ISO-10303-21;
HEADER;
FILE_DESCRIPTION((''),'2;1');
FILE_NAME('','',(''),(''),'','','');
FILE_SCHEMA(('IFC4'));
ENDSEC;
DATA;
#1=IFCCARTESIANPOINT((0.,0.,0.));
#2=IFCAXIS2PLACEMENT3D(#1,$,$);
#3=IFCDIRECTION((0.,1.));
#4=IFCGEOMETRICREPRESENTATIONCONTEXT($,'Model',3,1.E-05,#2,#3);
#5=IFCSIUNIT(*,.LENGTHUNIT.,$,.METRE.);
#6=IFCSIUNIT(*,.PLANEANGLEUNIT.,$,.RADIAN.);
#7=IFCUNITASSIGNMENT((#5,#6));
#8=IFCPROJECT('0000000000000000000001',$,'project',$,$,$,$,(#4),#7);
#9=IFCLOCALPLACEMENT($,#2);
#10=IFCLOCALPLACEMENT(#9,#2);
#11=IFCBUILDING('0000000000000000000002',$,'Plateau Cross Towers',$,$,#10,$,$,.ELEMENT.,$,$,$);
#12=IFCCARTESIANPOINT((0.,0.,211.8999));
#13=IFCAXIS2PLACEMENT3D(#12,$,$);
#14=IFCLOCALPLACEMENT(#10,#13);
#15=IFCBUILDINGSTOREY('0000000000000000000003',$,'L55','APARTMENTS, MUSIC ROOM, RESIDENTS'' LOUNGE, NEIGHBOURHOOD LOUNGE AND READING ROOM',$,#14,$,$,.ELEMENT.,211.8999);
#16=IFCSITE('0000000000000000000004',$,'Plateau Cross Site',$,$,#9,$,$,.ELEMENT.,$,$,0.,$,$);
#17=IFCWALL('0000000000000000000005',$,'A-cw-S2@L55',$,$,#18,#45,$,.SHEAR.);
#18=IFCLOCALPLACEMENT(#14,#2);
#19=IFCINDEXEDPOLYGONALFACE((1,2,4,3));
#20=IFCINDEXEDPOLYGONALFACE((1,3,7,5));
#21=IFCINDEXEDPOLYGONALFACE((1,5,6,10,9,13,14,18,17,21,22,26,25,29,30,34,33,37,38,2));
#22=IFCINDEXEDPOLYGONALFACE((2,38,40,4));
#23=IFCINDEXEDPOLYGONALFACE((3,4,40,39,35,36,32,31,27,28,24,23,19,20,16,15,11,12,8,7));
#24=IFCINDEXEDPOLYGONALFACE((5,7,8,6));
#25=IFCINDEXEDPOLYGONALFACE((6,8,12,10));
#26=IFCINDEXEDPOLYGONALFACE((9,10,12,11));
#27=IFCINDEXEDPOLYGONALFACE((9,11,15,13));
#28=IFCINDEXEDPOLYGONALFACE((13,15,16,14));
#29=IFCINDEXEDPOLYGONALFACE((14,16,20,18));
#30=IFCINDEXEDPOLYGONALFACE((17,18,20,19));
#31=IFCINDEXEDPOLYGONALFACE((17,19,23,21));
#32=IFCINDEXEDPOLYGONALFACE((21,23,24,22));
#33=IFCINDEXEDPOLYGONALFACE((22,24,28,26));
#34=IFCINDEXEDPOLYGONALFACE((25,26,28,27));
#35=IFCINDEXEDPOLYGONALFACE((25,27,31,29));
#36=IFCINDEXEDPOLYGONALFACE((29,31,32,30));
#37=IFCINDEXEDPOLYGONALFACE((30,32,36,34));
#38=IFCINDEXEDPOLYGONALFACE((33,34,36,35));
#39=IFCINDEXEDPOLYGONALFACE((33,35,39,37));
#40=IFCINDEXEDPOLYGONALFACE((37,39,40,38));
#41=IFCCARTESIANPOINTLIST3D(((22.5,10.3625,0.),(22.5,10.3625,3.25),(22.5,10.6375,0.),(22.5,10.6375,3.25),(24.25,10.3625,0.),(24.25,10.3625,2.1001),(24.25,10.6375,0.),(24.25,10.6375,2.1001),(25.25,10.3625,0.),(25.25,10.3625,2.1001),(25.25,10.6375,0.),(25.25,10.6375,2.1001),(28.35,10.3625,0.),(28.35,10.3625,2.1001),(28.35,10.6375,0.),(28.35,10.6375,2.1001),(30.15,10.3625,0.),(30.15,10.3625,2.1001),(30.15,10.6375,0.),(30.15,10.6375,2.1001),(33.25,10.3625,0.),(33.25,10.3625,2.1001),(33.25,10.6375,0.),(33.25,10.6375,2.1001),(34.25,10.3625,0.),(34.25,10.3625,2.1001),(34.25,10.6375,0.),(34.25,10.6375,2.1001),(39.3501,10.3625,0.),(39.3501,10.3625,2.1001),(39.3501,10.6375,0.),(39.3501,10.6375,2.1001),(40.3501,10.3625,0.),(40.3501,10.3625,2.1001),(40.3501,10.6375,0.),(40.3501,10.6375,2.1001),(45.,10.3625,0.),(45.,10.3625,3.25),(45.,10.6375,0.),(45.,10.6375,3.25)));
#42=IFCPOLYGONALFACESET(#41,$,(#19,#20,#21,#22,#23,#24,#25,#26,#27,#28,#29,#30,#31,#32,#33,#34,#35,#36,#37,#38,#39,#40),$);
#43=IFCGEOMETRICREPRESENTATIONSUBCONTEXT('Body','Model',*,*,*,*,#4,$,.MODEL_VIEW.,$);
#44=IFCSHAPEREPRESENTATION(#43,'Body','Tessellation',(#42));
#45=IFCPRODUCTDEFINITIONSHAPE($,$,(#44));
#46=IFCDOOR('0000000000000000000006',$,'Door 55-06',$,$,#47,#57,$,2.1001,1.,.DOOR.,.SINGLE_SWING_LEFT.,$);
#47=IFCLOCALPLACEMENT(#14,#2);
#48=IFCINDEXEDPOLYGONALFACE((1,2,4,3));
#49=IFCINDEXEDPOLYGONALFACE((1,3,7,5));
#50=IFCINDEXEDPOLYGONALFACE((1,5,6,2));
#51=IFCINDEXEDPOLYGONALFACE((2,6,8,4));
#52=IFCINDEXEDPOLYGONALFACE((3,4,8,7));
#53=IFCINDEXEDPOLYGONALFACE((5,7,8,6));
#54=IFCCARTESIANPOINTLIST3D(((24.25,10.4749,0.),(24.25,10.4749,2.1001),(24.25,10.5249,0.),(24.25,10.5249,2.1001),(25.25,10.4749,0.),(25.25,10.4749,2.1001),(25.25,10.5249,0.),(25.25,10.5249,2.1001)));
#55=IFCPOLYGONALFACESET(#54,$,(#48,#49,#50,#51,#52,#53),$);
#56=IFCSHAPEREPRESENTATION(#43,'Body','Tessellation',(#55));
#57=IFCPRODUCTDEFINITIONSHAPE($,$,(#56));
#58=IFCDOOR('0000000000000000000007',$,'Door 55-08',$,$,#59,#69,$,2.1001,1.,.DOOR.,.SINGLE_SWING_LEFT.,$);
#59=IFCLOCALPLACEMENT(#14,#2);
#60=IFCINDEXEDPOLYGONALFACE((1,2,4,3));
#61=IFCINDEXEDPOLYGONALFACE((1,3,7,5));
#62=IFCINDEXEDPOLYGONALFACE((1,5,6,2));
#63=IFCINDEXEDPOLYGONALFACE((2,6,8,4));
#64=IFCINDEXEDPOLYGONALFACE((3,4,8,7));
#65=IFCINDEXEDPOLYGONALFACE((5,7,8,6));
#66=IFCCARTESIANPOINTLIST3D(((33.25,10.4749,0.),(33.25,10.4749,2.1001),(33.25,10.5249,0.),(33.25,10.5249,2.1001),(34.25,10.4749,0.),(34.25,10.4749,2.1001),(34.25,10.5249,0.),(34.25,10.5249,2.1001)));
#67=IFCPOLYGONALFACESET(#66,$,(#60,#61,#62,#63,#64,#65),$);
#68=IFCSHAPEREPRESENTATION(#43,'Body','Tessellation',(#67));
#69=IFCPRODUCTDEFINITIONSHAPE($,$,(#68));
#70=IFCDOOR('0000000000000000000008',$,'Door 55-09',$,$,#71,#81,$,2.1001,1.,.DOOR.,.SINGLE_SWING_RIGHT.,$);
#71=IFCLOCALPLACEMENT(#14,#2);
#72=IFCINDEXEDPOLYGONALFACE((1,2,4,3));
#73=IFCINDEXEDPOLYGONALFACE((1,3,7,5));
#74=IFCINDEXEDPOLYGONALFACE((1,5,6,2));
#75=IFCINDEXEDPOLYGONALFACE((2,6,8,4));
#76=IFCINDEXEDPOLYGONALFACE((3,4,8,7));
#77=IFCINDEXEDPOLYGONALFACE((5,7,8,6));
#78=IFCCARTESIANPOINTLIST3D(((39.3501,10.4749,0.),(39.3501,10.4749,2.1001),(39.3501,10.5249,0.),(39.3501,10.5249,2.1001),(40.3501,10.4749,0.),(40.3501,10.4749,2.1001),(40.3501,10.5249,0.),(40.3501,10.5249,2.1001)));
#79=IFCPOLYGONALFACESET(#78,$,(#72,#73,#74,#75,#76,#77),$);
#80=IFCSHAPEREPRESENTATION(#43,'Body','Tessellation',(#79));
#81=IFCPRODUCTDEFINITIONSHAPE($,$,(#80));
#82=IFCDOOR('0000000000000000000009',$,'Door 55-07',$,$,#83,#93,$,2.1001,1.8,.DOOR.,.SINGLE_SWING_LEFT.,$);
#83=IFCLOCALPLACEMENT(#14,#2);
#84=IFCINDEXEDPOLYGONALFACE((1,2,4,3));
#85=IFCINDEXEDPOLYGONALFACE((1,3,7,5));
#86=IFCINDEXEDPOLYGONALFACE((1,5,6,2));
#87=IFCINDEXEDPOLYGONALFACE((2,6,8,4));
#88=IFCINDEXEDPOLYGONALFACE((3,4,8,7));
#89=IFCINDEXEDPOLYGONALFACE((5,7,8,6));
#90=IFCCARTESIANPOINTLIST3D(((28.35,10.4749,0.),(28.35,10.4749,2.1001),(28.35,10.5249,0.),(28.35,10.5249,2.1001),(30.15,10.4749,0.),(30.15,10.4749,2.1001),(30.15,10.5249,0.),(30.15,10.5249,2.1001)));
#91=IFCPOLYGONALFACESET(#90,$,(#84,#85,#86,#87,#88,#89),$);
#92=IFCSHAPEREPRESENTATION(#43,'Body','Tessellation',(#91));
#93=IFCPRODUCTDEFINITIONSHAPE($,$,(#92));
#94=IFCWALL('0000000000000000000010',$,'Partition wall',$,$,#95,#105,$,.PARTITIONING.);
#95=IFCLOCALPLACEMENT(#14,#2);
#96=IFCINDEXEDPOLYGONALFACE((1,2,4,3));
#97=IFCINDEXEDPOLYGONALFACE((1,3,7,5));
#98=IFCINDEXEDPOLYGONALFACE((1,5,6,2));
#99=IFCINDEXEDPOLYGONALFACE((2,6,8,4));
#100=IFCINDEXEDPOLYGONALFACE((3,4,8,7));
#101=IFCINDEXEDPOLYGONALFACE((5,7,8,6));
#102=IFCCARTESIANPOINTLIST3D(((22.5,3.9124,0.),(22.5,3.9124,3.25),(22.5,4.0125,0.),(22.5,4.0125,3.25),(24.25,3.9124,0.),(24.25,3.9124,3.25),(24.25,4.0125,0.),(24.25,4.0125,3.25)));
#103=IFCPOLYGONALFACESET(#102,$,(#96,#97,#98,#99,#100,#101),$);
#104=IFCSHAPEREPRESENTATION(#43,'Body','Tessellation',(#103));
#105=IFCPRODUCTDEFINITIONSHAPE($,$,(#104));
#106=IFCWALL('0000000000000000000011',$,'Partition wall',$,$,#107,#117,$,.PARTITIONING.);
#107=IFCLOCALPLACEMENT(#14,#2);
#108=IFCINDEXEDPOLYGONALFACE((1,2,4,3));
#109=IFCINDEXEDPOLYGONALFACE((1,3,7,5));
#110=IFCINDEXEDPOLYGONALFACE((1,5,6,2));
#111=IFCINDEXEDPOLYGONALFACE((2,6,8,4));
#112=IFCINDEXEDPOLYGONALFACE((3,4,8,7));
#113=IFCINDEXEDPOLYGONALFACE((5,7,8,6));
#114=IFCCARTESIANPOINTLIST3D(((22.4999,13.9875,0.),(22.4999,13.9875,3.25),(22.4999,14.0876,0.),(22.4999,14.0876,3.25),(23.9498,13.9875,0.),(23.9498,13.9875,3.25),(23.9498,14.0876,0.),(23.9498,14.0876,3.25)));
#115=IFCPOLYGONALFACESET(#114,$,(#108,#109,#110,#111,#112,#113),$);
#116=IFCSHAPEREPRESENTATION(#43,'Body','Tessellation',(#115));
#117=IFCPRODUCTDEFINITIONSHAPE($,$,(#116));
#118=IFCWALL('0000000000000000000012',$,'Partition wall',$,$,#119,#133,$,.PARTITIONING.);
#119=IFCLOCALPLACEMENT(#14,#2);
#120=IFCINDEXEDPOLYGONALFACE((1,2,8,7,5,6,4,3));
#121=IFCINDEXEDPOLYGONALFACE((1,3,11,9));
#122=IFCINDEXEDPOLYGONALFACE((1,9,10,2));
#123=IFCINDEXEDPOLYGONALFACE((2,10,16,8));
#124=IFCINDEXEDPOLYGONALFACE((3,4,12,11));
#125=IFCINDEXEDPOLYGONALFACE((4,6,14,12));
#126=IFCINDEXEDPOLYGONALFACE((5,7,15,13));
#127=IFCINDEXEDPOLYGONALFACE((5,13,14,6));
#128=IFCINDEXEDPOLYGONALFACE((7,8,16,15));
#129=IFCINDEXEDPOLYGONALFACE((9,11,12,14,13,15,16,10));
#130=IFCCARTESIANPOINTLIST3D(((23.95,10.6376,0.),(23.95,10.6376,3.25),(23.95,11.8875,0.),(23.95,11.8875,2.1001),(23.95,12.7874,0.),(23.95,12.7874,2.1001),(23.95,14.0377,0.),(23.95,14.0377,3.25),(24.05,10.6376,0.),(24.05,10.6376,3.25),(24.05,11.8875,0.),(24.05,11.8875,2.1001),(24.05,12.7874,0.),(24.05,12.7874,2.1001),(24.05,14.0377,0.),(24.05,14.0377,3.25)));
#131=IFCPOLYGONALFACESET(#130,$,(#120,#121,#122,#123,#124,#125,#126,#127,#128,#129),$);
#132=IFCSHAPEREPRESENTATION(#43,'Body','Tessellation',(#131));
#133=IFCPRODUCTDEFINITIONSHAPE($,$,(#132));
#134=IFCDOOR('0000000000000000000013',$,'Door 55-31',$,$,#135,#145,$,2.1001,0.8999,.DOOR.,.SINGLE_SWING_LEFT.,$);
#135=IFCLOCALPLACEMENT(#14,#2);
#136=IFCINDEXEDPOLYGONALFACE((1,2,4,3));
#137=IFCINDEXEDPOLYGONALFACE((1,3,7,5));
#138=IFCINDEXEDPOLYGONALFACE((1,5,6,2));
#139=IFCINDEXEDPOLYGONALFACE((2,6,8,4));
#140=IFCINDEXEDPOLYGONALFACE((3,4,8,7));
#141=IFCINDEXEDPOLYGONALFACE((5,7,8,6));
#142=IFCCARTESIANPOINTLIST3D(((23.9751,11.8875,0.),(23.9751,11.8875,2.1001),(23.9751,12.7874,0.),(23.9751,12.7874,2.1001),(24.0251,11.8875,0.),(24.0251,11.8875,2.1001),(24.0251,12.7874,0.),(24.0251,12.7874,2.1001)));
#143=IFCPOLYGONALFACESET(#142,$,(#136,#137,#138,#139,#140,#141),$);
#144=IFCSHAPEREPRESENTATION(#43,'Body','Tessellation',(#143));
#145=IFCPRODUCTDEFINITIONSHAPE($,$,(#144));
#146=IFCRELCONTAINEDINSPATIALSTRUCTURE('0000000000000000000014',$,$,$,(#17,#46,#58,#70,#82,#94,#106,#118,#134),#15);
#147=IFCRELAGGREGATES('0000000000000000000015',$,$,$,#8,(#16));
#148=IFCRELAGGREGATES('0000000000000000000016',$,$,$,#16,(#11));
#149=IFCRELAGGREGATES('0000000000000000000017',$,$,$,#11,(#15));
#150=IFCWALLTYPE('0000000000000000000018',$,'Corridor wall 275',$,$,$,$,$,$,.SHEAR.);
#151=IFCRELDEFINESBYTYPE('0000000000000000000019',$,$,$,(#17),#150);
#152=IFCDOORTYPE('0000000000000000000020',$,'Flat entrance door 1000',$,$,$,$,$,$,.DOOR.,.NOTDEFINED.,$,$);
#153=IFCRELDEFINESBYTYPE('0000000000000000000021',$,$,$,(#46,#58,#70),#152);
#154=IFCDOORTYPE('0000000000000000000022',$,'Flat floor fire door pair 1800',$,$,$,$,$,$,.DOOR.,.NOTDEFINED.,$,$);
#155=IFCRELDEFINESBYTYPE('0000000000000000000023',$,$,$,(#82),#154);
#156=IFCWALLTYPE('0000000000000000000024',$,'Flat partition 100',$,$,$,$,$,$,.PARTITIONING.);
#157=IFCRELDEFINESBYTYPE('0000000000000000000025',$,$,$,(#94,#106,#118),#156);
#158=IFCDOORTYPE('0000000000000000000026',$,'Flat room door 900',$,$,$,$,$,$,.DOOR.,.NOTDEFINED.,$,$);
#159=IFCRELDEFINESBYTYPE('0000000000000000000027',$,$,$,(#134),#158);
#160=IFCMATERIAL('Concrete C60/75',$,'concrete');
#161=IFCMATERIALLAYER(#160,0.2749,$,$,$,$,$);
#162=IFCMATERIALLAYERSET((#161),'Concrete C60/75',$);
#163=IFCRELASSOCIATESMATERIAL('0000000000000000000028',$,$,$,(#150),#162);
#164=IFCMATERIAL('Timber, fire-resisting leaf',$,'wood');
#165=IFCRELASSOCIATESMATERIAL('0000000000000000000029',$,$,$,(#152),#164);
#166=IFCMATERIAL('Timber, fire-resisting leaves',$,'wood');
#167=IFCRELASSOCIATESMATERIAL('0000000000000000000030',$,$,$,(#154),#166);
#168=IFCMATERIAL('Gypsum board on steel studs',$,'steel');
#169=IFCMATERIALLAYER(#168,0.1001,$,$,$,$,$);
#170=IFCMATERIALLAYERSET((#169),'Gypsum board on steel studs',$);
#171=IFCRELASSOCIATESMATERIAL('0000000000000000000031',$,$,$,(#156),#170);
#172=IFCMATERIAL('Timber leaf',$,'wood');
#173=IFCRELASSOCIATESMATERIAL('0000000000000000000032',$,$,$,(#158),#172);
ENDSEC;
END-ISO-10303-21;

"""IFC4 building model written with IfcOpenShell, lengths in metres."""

from ifc_helpers import new_model, si_unit, direction, frame, frame_2d, origin, place, context, subcontext, project, spatial, rectangle, extrude, material, layer, layer_set, type_object, element, fill, save


model = new_model("IFC4")

# Units and contexts
model_context = context("Model", 3, precision=1e-05, world=origin(), true_north=direction((0.0, 1.0)))
body_context = subcontext(model_context, "Body", "Model", "MODEL_VIEW")
ifc_project = project(units=[si_unit("LENGTHUNIT", "METRE"), si_unit("PLANEANGLEUNIT", "RADIAN")], contexts=[model_context])

# Site, building, storey
site_placement = place(None, origin())
site = spatial("IfcSite", under=ifc_project, at=site_placement, Name="Plateau Cross Site", CompositionType="ELEMENT", RefElevation=0.0)
building_placement = place(site_placement, origin())
building = spatial("IfcBuilding", under=site, at=building_placement, Name="Plateau Cross Towers", CompositionType="ELEMENT")
storey_placement = place(building_placement, frame((0.0, 0.0, 211.8999)))
storey = spatial("IfcBuildingStorey", under=building, at=storey_placement, Name="L55", Description="APARTMENTS, MUSIC ROOM, RESIDENTS' LOUNGE, NEIGHBOURHOOD LOUNGE AND READING ROOM", CompositionType="ELEMENT", Elevation=211.8999)

# Shared definitions
ifc_material_1 = material(Name="Concrete C60/75", Category="concrete")

# Wall, openings, doors
ifc_layer_1 = layer(ifc_material_1, 0.2749)
ifc_layer_set_1 = layer_set([ifc_layer_1], Name="Concrete C60/75")
wall_type_1 = type_object("IfcWallType", Name="Corridor wall 275", PredefinedType="SHEAR", material=ifc_layer_set_1)
ifc_material_2 = material(Name="Timber, fire-resisting leaf", Category="wood")
door_type_1 = type_object("IfcDoorType", Name="Flat entrance door 1000", OperationType="NOTDEFINED", PredefinedType="DOOR", material=ifc_material_2)
wall_1_placement = place(storey_placement, frame((22.5, 10.5, 0.0), z_axis=(0.0, 0.0, 1.0), x_axis=(1.0, 0.0, 0.0)))
wall_1 = element("IfcWall", 1, at=wall_1_placement, inside=storey, type_object=wall_type_1, Name="A-cw-S2@L55", PredefinedType="SHEAR", context=body_context, shape_type="SweptSolid", body=[
    extrude(rectangle(XDim=22.5, YDim=0.2749, at=frame_2d((11.25, 0.0))), origin(), (0.0, 0.0, 1.0), 3.25),
])
opening_1_placement = place(wall_1_placement, frame((1.75, 0.0, 0.0)))
opening_1 = element("IfcOpeningElement", 2, at=opening_1_placement, cuts=wall_1, PredefinedType="OPENING", context=body_context, shape_type="SweptSolid", body=[
    extrude(rectangle(XDim=1.0, YDim=2.1001, at=frame_2d((0.5, 1.05))), frame((0.0, 0.1475, 0.0), z_axis=(0.0, -1.0, 0.0), x_axis=(1.0, 0.0, 0.0)), (0.0, 0.0, 1.0), 0.2949),
])
opening_2_placement = place(wall_1_placement, frame((5.8501, 0.0, 0.0)))
opening_2 = element("IfcOpeningElement", 3, at=opening_2_placement, cuts=wall_1, PredefinedType="OPENING", context=body_context, shape_type="SweptSolid", body=[
    extrude(rectangle(XDim=1.8, YDim=2.1001, at=frame_2d((0.8999, 1.05))), frame((0.0, 0.1475, 0.0), z_axis=(0.0, -1.0, 0.0), x_axis=(1.0, 0.0, 0.0)), (0.0, 0.0, 1.0), 0.2949),
])
opening_3_placement = place(wall_1_placement, frame((10.75, 0.0, 0.0)))
opening_3 = element("IfcOpeningElement", 4, at=opening_3_placement, cuts=wall_1, PredefinedType="OPENING", context=body_context, shape_type="SweptSolid", body=[
    extrude(rectangle(XDim=1.0, YDim=2.1001, at=frame_2d((0.5, 1.05))), frame((0.0, 0.1475, 0.0), z_axis=(0.0, -1.0, 0.0), x_axis=(1.0, 0.0, 0.0)), (0.0, 0.0, 1.0), 0.2949),
])
opening_4_placement = place(wall_1_placement, frame((16.8501, 0.0, 0.0)))
opening_4 = element("IfcOpeningElement", 5, at=opening_4_placement, cuts=wall_1, PredefinedType="OPENING", context=body_context, shape_type="SweptSolid", body=[
    extrude(rectangle(XDim=1.0, YDim=2.1001, at=frame_2d((0.5, 1.05))), frame((0.0, 0.1475, 0.0), z_axis=(0.0, -1.0, 0.0), x_axis=(1.0, 0.0, 0.0)), (0.0, 0.0, 1.0), 0.2949),
])
door_1_placement = place(opening_1_placement, origin())
door_1 = element("IfcDoor", 6, at=door_1_placement, inside=storey, type_object=door_type_1, Name="Door 55-06", OperationType="SINGLE_SWING_LEFT", OverallHeight=2.1001, OverallWidth=1.0, PredefinedType="DOOR", context=body_context, shape_type="SweptSolid", body=[
    extrude(rectangle(XDim=1.0, YDim=2.1001, at=frame_2d((0.5, 1.05))), frame((0.0, 0.0249, 0.0), z_axis=(0.0, -1.0, 0.0), x_axis=(1.0, 0.0, 0.0)), (0.0, 0.0, 1.0), 0.05),
])
fill(opening_1, door_1)
door_2_placement = place(opening_3_placement, origin())
door_2 = element("IfcDoor", 7, at=door_2_placement, inside=storey, type_object=door_type_1, Name="Door 55-08", OperationType="SINGLE_SWING_LEFT", OverallHeight=2.1001, OverallWidth=1.0, PredefinedType="DOOR", context=body_context, shape_type="SweptSolid", body=[
    extrude(rectangle(XDim=1.0, YDim=2.1001, at=frame_2d((0.5, 1.05))), frame((0.0, 0.0249, 0.0), z_axis=(0.0, -1.0, 0.0), x_axis=(1.0, 0.0, 0.0)), (0.0, 0.0, 1.0), 0.05),
])
fill(opening_3, door_2)
door_3_placement = place(opening_4_placement, origin())
door_3 = element("IfcDoor", 8, at=door_3_placement, inside=storey, type_object=door_type_1, Name="Door 55-09", OperationType="SINGLE_SWING_RIGHT", OverallHeight=2.1001, OverallWidth=1.0, PredefinedType="DOOR", context=body_context, shape_type="SweptSolid", body=[
    extrude(rectangle(XDim=1.0, YDim=2.1001, at=frame_2d((0.5, 1.05))), frame((0.0, 0.0249, 0.0), z_axis=(0.0, -1.0, 0.0), x_axis=(1.0, 0.0, 0.0)), (0.0, 0.0, 1.0), 0.05),
])
fill(opening_4, door_3)
ifc_material_3 = material(Name="Timber, fire-resisting leaves", Category="wood")
door_type_2 = type_object("IfcDoorType", Name="Flat floor fire door pair 1800", OperationType="NOTDEFINED", PredefinedType="DOOR", material=ifc_material_3)
door_4_placement = place(opening_2_placement, origin())
door_4 = element("IfcDoor", 9, at=door_4_placement, inside=storey, type_object=door_type_2, Name="Door 55-07", OperationType="SINGLE_SWING_LEFT", OverallHeight=2.1001, OverallWidth=1.8, PredefinedType="DOOR", context=body_context, shape_type="SweptSolid", body=[
    extrude(rectangle(XDim=1.8, YDim=2.1001, at=frame_2d((0.8999, 1.05))), frame((0.0, 0.0249, 0.0), z_axis=(0.0, -1.0, 0.0), x_axis=(1.0, 0.0, 0.0)), (0.0, 0.0, 1.0), 0.05),
])
fill(opening_2, door_4)

# Walls
ifc_material_4 = material(Name="Gypsum board on steel studs", Category="steel")
ifc_layer_2 = layer(ifc_material_4, 0.1001)
ifc_layer_set_2 = layer_set([ifc_layer_2], Name="Gypsum board on steel studs")
wall_type_2 = type_object("IfcWallType", Name="Flat partition 100", PredefinedType="PARTITIONING", material=ifc_layer_set_2)
wall_2_placement = place(storey_placement, frame((22.5, 3.9624, 0.0), z_axis=(0.0, 0.0, 1.0), x_axis=(1.0, 0.0, 0.0)))
element("IfcWall", 10, at=wall_2_placement, inside=storey, type_object=wall_type_2, Name="Partition wall", PredefinedType="PARTITIONING", context=body_context, shape_type="SweptSolid", body=[
    extrude(rectangle(XDim=1.75, YDim=0.1001, at=frame_2d((0.875, 0.0))), origin(), (0.0, 0.0, 1.0), 3.25),
])
wall_3_placement = place(storey_placement, frame((23.95, 14.0376, 0.0), z_axis=(0.0, 0.0, 1.0), x_axis=(-1.0, 0.0, 0.0)))
element("IfcWall", 11, at=wall_3_placement, inside=storey, type_object=wall_type_2, Name="Partition wall", PredefinedType="PARTITIONING", context=body_context, shape_type="SweptSolid", body=[
    extrude(rectangle(XDim=1.45, YDim=0.1001, at=frame_2d((0.7251, 0.0))), origin(), (0.0, 0.0, 1.0), 3.25),
])

# Wall, opening, door
wall_4_placement = place(storey_placement, frame((24.0, 10.6375, 0.0), z_axis=(0.0, 0.0, 1.0), x_axis=(0.0, 1.0, 0.0)))
wall_4 = element("IfcWall", 12, at=wall_4_placement, inside=storey, type_object=wall_type_2, Name="Partition wall", PredefinedType="PARTITIONING", context=body_context, shape_type="SweptSolid", body=[
    extrude(rectangle(XDim=3.4001, YDim=0.1001, at=frame_2d((1.7002, 0.0))), origin(), (0.0, 0.0, 1.0), 3.25),
])
opening_5_placement = place(wall_4_placement, frame((1.25, 0.0, 0.0)))
opening_5 = element("IfcOpeningElement", 13, at=opening_5_placement, cuts=wall_4, PredefinedType="OPENING", context=body_context, shape_type="SweptSolid", body=[
    extrude(rectangle(XDim=0.8999, YDim=2.1001, at=frame_2d((0.45, 1.05))), frame((0.0, 0.0601, 0.0), z_axis=(0.0, -1.0, 0.0), x_axis=(1.0, 0.0, 0.0)), (0.0, 0.0, 1.0), 0.1201),
])
ifc_material_5 = material(Name="Timber leaf", Category="wood")
door_type_3 = type_object("IfcDoorType", Name="Flat room door 900", OperationType="NOTDEFINED", PredefinedType="DOOR", material=ifc_material_5)
door_5_placement = place(opening_5_placement, origin())
door_5 = element("IfcDoor", 14, at=door_5_placement, inside=storey, type_object=door_type_3, Name="Door 55-31", OperationType="SINGLE_SWING_LEFT", OverallHeight=2.1001, OverallWidth=0.8999, PredefinedType="DOOR", context=body_context, shape_type="SweptSolid", body=[
    extrude(rectangle(XDim=0.8999, YDim=2.1001, at=frame_2d((0.45, 1.05))), frame((0.0, 0.0249, 0.0), z_axis=(0.0, -1.0, 0.0), x_axis=(1.0, 0.0, 0.0)), (0.0, 0.0, 1.0), 0.05),
])
fill(opening_5, door_5)

save(model, "model.ifc")
